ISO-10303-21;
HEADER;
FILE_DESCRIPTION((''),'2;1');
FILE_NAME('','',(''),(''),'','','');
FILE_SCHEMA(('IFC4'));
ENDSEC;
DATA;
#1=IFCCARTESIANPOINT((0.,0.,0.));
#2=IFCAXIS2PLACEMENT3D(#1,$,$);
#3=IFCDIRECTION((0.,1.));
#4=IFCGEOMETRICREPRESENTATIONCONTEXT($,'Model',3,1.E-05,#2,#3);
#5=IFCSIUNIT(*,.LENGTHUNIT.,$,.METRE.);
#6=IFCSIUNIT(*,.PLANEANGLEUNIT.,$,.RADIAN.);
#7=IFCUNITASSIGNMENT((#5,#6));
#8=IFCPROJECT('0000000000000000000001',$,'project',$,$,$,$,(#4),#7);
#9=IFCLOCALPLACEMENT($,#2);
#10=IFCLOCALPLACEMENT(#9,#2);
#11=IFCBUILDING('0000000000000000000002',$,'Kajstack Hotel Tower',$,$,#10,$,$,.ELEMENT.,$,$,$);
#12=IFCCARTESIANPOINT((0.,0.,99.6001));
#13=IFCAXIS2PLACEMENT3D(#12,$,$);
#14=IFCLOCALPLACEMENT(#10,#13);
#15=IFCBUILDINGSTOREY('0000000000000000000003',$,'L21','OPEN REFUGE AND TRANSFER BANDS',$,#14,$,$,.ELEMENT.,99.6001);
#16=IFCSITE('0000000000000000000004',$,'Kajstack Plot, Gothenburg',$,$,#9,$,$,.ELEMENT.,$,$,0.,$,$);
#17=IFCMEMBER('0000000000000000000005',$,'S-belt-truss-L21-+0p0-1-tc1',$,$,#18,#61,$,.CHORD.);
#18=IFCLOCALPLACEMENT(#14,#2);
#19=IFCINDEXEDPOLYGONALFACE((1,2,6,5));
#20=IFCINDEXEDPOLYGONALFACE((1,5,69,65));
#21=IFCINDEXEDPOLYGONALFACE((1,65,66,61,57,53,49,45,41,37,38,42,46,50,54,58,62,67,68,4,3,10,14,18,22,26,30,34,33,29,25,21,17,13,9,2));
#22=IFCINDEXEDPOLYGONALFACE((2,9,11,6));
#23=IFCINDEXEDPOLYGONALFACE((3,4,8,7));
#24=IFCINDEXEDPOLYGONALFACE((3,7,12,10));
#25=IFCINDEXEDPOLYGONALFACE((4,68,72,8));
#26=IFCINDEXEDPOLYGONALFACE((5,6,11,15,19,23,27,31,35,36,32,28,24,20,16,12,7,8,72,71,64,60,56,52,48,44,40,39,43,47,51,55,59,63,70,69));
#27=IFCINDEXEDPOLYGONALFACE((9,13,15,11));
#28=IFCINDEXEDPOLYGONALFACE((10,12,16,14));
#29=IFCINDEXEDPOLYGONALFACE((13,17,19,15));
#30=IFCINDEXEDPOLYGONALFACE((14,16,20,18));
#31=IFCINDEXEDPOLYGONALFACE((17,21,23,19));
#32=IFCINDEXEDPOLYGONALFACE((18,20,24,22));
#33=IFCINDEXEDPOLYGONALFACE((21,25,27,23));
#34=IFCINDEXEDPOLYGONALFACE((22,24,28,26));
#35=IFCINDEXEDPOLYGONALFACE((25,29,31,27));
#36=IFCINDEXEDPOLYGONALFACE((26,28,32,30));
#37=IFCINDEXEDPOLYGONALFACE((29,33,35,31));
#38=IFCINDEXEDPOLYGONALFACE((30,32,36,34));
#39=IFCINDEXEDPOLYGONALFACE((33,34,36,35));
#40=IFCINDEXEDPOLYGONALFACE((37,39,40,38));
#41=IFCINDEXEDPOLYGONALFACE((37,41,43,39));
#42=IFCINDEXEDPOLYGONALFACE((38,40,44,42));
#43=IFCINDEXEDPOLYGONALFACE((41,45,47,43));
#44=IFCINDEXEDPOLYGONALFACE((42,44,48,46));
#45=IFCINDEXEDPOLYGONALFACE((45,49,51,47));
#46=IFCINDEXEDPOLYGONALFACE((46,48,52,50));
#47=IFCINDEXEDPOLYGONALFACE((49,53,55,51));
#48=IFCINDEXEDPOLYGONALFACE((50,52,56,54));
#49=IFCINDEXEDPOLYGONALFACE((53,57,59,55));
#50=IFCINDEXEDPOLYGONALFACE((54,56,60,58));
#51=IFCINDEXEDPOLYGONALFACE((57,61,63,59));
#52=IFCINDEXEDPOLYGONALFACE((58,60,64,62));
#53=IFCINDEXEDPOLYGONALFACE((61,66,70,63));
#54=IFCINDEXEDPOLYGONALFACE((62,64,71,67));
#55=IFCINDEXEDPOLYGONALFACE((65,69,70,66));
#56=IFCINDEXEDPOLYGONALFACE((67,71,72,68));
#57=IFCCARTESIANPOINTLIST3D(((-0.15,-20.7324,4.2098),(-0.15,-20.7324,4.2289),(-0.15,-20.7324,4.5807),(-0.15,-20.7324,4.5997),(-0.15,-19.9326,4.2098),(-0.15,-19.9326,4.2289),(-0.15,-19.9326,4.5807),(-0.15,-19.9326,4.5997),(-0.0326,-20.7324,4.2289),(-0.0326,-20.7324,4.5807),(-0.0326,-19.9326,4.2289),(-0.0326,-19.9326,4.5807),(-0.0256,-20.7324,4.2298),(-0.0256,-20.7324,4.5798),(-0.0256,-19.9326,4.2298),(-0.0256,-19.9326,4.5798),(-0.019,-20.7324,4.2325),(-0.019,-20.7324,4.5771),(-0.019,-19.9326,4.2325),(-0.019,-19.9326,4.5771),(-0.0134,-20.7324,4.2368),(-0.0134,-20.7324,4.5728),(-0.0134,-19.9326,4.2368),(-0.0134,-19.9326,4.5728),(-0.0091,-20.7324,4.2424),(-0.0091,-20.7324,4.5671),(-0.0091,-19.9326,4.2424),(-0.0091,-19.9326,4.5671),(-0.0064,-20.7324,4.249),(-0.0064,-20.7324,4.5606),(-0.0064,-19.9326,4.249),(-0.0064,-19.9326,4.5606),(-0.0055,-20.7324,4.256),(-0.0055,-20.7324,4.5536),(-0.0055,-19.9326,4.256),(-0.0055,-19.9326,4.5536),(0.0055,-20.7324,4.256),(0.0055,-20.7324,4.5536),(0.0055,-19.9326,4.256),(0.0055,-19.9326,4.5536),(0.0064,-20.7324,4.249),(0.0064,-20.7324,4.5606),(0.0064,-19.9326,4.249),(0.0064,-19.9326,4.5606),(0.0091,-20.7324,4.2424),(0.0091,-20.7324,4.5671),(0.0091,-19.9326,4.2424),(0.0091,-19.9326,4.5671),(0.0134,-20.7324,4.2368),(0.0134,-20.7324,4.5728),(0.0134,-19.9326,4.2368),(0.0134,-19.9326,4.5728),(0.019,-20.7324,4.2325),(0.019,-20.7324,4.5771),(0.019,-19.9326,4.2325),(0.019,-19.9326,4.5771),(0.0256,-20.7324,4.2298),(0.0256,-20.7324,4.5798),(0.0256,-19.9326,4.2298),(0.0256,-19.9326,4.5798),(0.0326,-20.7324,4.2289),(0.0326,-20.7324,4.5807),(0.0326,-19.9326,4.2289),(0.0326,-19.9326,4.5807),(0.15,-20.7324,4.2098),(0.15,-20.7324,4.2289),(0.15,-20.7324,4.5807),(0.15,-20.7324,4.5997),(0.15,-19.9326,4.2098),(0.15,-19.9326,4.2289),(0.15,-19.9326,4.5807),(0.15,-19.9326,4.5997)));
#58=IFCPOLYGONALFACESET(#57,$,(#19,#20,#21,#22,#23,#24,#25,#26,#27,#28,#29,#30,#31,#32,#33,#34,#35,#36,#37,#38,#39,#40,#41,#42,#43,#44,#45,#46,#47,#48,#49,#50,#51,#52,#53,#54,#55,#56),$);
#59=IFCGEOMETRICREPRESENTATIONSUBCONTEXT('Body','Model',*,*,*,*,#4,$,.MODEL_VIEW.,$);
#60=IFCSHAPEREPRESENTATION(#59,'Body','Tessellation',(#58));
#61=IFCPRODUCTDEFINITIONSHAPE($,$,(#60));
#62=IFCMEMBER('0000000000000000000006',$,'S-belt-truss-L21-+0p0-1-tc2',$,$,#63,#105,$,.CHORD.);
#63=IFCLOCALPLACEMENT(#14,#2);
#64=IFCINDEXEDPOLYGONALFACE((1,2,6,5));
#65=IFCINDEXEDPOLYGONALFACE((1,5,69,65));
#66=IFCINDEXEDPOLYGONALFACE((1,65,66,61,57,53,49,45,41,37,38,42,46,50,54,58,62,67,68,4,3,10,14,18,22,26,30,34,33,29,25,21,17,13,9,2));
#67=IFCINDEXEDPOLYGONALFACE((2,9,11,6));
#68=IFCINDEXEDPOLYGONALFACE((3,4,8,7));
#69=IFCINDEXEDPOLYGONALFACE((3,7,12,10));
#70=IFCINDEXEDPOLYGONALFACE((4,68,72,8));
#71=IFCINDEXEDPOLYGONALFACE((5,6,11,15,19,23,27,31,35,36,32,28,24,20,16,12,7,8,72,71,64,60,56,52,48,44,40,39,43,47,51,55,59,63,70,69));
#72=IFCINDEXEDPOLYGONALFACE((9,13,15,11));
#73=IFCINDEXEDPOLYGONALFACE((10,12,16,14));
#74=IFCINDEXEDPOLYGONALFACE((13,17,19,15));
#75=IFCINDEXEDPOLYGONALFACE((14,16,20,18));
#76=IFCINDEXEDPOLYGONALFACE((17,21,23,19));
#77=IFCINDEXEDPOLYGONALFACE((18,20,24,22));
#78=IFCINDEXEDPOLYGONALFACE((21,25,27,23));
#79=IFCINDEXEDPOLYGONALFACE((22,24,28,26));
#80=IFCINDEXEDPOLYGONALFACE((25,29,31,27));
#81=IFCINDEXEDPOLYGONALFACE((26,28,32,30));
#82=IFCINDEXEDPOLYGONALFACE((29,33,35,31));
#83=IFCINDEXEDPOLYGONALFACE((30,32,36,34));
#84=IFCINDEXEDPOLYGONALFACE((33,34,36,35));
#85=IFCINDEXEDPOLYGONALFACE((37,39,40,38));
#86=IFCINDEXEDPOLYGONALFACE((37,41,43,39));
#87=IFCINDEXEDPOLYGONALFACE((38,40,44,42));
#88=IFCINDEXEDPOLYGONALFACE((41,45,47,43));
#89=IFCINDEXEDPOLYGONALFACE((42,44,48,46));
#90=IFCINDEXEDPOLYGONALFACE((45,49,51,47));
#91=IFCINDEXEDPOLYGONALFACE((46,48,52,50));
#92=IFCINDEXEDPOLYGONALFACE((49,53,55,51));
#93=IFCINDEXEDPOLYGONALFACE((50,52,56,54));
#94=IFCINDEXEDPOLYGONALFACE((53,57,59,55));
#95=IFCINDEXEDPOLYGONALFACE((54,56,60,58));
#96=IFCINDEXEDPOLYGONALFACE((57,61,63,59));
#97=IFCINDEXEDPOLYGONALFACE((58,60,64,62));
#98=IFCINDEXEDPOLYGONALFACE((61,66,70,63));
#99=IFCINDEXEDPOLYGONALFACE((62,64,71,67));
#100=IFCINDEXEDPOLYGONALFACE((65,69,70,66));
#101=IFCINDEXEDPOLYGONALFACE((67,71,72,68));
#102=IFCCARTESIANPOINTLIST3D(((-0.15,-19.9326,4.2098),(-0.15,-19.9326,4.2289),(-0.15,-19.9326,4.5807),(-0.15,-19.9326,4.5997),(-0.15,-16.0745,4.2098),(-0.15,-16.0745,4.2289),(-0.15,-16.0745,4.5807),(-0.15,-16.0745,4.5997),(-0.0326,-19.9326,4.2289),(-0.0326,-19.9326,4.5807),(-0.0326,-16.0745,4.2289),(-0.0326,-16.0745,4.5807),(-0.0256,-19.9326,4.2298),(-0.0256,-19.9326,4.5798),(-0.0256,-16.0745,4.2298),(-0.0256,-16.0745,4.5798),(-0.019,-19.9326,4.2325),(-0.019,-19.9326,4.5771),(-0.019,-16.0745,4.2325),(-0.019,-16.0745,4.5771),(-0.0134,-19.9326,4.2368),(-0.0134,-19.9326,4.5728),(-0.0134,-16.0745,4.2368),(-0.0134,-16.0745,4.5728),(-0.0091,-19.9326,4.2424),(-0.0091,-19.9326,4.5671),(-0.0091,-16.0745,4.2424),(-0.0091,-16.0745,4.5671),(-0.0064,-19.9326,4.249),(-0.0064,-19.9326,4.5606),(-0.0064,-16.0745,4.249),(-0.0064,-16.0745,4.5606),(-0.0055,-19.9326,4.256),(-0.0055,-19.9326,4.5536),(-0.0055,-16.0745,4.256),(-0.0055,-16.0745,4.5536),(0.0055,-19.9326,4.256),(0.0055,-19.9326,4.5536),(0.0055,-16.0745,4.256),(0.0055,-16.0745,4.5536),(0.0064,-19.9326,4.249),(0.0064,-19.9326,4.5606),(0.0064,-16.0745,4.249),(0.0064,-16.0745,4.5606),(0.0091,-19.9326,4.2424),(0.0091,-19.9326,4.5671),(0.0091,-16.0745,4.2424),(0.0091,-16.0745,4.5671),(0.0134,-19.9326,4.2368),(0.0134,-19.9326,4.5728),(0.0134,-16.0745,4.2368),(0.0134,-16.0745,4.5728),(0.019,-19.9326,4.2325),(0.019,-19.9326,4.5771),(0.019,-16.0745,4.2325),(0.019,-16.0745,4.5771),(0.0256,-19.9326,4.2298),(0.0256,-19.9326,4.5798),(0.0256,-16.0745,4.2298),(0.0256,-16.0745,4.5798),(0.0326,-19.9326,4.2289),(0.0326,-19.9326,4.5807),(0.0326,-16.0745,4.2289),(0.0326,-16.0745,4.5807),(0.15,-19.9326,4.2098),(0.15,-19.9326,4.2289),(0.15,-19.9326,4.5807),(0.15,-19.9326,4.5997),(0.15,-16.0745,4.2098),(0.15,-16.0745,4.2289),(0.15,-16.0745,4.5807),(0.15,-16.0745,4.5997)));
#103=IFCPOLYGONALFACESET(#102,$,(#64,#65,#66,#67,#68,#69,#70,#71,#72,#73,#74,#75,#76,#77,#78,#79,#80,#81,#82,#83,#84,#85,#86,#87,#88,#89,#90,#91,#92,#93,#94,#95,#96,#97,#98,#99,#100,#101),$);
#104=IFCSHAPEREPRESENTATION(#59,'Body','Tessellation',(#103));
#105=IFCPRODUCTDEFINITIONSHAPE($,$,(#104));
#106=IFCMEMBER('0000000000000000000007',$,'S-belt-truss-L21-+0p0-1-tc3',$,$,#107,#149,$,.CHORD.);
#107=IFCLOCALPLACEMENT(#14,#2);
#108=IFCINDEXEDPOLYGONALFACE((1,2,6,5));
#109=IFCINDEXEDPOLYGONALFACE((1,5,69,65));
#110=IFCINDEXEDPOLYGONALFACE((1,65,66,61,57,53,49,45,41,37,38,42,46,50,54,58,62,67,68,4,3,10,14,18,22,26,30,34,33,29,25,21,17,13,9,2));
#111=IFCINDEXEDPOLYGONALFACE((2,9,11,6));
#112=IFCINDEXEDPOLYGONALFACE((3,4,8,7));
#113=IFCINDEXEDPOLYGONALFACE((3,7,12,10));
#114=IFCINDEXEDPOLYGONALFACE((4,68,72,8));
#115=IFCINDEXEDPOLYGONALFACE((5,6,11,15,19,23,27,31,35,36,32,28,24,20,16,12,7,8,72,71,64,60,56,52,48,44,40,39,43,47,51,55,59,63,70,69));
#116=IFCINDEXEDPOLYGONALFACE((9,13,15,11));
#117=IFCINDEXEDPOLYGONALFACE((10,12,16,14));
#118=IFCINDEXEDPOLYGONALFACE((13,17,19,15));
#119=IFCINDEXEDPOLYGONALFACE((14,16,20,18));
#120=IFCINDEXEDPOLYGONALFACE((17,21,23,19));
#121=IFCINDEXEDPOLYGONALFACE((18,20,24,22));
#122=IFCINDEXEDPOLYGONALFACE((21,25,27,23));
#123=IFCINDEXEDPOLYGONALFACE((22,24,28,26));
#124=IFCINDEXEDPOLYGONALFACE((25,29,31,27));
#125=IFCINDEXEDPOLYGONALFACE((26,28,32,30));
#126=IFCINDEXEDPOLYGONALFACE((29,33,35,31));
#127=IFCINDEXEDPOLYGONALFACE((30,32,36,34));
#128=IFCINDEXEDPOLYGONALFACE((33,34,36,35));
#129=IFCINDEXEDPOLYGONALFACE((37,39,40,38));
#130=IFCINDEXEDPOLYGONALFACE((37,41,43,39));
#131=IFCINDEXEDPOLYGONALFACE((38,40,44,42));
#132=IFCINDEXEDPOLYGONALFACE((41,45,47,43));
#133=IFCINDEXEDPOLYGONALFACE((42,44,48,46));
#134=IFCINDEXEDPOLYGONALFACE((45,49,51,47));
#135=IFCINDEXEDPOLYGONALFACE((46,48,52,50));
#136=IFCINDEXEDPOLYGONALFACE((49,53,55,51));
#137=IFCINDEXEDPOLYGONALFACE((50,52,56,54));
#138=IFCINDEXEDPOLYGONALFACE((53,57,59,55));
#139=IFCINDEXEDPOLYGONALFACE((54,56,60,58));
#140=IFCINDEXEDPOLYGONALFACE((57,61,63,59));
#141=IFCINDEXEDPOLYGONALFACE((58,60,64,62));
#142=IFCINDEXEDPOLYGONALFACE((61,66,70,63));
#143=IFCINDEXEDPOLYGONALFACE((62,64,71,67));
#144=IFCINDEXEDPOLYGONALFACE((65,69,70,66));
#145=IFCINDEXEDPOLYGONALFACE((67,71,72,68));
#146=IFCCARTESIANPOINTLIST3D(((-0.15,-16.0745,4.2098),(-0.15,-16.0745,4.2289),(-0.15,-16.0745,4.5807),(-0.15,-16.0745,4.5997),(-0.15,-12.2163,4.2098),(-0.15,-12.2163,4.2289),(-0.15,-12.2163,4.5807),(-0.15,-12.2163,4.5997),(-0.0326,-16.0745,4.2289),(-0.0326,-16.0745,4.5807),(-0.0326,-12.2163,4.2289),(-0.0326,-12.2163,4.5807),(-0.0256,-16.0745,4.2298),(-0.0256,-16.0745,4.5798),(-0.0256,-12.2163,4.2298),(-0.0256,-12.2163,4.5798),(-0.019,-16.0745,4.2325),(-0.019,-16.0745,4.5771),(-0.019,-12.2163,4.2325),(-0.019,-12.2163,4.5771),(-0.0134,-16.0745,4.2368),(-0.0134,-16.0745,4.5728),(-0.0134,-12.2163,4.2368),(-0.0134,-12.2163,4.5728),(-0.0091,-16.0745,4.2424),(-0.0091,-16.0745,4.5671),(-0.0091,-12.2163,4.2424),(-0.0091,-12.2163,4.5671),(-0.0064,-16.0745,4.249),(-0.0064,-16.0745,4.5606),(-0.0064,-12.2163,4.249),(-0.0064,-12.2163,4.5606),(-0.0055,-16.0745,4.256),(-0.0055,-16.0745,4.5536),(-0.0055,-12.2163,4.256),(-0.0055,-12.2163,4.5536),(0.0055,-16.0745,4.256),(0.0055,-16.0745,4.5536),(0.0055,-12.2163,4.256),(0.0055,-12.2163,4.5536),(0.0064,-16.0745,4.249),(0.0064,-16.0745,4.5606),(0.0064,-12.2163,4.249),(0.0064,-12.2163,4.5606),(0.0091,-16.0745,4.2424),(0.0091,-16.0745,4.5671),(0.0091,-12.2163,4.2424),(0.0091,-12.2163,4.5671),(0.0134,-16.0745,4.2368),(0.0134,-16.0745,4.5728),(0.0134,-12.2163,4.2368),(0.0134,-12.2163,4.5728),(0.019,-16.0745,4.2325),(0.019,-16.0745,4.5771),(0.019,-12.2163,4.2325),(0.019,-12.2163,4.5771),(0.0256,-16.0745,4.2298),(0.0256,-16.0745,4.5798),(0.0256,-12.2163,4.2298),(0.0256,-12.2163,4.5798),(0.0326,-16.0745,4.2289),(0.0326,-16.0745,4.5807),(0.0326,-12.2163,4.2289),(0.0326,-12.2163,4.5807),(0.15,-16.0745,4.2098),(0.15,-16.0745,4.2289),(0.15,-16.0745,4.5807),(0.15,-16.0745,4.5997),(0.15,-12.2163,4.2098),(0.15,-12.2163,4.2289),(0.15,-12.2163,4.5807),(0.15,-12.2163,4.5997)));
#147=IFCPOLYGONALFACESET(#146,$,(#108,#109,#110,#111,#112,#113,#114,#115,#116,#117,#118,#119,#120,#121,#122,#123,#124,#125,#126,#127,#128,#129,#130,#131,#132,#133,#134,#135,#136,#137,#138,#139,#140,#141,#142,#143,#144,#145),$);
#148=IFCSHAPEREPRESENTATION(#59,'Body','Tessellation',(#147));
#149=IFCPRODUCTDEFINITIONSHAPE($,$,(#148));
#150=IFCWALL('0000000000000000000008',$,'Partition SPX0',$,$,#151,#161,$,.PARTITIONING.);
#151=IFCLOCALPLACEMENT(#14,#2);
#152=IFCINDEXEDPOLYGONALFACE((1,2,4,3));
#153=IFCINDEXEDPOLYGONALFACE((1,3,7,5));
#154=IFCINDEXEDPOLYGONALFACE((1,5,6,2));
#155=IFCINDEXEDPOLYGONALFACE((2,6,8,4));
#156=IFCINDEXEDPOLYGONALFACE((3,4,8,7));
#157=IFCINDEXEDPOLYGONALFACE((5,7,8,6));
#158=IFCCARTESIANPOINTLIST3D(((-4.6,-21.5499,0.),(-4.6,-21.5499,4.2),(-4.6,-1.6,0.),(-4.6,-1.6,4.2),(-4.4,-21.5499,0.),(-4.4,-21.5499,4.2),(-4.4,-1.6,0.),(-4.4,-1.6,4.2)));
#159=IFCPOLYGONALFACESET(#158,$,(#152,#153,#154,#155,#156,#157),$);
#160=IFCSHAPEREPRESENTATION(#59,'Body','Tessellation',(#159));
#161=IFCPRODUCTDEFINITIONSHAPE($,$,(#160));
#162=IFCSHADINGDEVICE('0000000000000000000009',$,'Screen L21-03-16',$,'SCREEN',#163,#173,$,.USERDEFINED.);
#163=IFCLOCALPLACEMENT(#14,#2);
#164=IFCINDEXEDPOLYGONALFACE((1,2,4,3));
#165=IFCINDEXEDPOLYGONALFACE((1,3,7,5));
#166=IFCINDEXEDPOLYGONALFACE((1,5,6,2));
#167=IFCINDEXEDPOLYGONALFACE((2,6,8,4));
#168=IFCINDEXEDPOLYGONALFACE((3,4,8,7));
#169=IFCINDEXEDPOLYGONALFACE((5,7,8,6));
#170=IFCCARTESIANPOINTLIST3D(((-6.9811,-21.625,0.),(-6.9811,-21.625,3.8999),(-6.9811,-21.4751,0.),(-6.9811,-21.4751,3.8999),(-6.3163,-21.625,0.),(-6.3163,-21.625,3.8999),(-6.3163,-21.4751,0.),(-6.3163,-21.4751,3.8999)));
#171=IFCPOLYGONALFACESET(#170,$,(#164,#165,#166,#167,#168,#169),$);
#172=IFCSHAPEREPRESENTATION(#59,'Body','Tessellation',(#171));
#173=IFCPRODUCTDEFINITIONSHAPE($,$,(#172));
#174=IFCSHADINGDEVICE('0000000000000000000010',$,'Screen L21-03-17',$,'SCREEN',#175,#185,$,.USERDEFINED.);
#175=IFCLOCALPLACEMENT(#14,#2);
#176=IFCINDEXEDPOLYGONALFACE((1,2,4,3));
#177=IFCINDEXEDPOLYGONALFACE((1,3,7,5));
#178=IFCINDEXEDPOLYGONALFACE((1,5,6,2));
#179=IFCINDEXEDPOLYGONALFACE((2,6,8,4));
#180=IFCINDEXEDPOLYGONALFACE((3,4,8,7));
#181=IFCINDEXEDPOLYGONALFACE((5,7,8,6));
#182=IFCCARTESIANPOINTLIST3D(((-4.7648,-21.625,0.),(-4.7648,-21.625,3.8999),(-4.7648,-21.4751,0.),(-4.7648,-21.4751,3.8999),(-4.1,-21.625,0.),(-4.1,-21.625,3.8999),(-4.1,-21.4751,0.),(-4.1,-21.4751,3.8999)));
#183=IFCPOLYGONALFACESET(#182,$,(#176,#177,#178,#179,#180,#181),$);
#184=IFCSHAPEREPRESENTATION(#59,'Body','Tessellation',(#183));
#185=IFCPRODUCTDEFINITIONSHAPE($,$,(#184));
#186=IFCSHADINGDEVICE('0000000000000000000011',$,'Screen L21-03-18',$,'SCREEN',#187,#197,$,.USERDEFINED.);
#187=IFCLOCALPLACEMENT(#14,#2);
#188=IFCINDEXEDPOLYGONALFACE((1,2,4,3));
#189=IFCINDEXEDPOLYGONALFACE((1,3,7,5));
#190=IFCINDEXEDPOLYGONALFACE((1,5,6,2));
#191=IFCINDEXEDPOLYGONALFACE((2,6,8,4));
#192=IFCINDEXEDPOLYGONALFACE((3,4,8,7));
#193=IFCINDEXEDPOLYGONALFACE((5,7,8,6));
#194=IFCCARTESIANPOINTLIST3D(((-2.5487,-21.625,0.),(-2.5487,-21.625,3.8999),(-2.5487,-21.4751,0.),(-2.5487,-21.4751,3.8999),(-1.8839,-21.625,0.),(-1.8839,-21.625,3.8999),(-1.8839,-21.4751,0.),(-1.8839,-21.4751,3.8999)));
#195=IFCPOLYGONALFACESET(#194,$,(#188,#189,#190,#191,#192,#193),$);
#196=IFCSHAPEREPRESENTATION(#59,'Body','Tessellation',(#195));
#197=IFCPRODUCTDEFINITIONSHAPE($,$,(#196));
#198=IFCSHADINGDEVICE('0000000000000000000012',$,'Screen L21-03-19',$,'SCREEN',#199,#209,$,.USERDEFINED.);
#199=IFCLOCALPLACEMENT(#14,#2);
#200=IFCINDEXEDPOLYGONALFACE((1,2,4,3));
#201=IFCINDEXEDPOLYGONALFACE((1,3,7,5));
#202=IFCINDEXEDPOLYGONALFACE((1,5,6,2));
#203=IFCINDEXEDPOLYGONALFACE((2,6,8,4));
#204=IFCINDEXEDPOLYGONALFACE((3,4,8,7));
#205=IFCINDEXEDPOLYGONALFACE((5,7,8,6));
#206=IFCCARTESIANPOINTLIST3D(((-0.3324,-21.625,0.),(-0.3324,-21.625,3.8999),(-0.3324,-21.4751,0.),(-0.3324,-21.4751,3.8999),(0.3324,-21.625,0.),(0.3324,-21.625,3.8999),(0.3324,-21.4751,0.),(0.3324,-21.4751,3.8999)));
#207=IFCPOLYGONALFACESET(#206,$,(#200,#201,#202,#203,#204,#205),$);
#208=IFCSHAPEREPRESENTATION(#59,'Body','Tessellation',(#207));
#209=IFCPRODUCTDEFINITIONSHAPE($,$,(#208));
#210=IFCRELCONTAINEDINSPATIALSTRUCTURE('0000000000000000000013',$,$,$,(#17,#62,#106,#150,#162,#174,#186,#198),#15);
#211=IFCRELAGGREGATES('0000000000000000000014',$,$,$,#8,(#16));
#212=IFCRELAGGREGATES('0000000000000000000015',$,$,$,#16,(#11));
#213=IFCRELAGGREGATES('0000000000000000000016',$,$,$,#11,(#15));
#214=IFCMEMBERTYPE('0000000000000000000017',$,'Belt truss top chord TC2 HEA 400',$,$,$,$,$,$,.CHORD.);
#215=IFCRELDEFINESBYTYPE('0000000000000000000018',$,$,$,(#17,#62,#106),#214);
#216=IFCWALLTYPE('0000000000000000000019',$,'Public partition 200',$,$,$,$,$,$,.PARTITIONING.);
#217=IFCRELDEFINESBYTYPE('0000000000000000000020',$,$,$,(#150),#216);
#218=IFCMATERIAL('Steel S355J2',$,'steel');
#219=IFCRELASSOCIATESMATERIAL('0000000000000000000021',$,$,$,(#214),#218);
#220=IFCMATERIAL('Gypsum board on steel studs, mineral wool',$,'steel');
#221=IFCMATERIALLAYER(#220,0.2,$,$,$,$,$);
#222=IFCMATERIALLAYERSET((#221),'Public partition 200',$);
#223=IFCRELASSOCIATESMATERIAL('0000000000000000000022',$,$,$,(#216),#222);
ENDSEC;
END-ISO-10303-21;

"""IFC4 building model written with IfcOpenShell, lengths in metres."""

from ifc_helpers import new_model, si_unit, direction, frame, frame_2d, origin, origin_2d, place, context, subcontext, project, spatial, rectangle, i_section, extrude, material, layer, layer_set, material_profile, profile_set, type_object, element, save


model = new_model("IFC4")

# Units and contexts
model_context = context("Model", 3, precision=1e-05, world=origin(), true_north=direction((0.0, 1.0)))
body_context = subcontext(model_context, "Body", "Model", "MODEL_VIEW")
ifc_project = project(units=[si_unit("LENGTHUNIT", "METRE"), si_unit("PLANEANGLEUNIT", "RADIAN")], contexts=[model_context])

# Site, building, storey
site_placement = place(None, origin())
site = spatial("IfcSite", under=ifc_project, at=site_placement, Name="Kajstack Plot, Gothenburg", CompositionType="ELEMENT", RefElevation=0.0)
building_placement = place(site_placement, origin())
building = spatial("IfcBuilding", under=site, at=building_placement, Name="Kajstack Hotel Tower", CompositionType="ELEMENT")
storey_placement = place(building_placement, frame((0.0, 0.0, 99.6001)))
storey = spatial("IfcBuildingStorey", under=building, at=storey_placement, Name="L21", Description="OPEN REFUGE AND TRANSFER BANDS", CompositionType="ELEMENT", Elevation=99.6001)

# Members
ifc_material_1 = material(Name="Steel S355J2", Category="steel")
ifc_material_profile_1 = material_profile(ifc_material_1, i_section(OverallWidth=0.3, OverallDepth=0.3899, WebThickness=0.011, FlangeThickness=0.019, FilletRadius=0.0271, at=origin_2d()), Name="HEA 400")
ifc_profile_set_1 = profile_set([ifc_material_profile_1], Name="Steel S355J2")
member_type_1 = type_object("IfcMemberType", Name="Belt truss top chord TC2 HEA 400", PredefinedType="CHORD", material=ifc_profile_set_1)
member_1_placement = place(storey_placement, frame((0.0, -20.7324, 4.4048), z_axis=(0.0, 1.0, 0.0), x_axis=(-1.0, 0.0, 0.0)))
element("IfcMember", 1, at=member_1_placement, inside=storey, type_object=member_type_1, Name="S-belt-truss-L21-+0p0-1-tc1", PredefinedType="CHORD", context=body_context, shape_type="SweptSolid", body=[
    extrude(i_section(OverallWidth=0.3, OverallDepth=0.3899, WebThickness=0.011, FlangeThickness=0.019, FilletRadius=0.0271, at=origin_2d()), origin(), (0.0, 0.0, 1.0), 0.7998),
])
for number, where, z_axis, x_axis, name in (
    (2, (0.0, -19.9326, 4.4048), (0.0, 1.0, 0.0), (-1.0, 0.0, 0.0), "S-belt-truss-L21-+0p0-1-tc2"),
    (3, (0.0, -16.0745, 4.4048), (0.0, 1.0, 0.0), (-1.0, 0.0, 0.0), "S-belt-truss-L21-+0p0-1-tc3"),
):
    element("IfcMember", number, at=place(storey_placement, frame(where, z_axis=z_axis, x_axis=x_axis)), inside=storey, type_object=member_type_1, Name=name, PredefinedType="CHORD", context=body_context, shape_type="SweptSolid", body=[
        extrude(i_section(OverallWidth=0.3, OverallDepth=0.3899, WebThickness=0.011, FlangeThickness=0.019, FilletRadius=0.0271, at=origin_2d()), origin(), (0.0, 0.0, 1.0), 3.8582),
    ])

# Wall
ifc_material_2 = material(Name="Gypsum board on steel studs, mineral wool", Category="steel")
ifc_layer_1 = layer(ifc_material_2, 0.2)
ifc_layer_set_1 = layer_set([ifc_layer_1], Name="Public partition 200")
wall_type = type_object("IfcWallType", Name="Public partition 200", PredefinedType="PARTITIONING", material=ifc_layer_set_1)
wall_placement = place(storey_placement, frame((-4.5, -21.55, 0.0), z_axis=(0.0, 0.0, 1.0), x_axis=(0.0, 1.0, 0.0)))
element("IfcWall", 4, at=wall_placement, inside=storey, type_object=wall_type, Name="Partition SPX0", PredefinedType="PARTITIONING", context=body_context, shape_type="SweptSolid", body=[
    extrude(rectangle(XDim=19.95, YDim=0.2, at=frame_2d((9.9751, 0.0))), origin(), (0.0, 0.0, 1.0), 4.2),
])

# Shading devices
for number, where, z_axis, x_axis, name in (
    (5, (-6.6487, -21.55, 0.0), (0.0, 0.0, 1.0), (1.0, 0.0, 0.0), "Screen L21-03-16"),
    (6, (-4.4324, -21.55, 0.0), (0.0, 0.0, 1.0), (1.0, 0.0, 0.0), "Screen L21-03-17"),
    (7, (-2.2163, -21.55, 0.0), (0.0, 0.0, 1.0), (1.0, 0.0, 0.0), "Screen L21-03-18"),
    (8, (0.0, -21.55, 0.0), (0.0, 0.0, 1.0), (1.0, 0.0, 0.0), "Screen L21-03-19"),
):
    element("IfcShadingDevice", number, at=place(storey_placement, frame(where, z_axis=z_axis, x_axis=x_axis)), inside=storey, Name=name, ObjectType="SCREEN", PredefinedType="USERDEFINED", context=body_context, shape_type="SweptSolid", body=[
        extrude(rectangle(XDim=0.6648, YDim=0.1499, at=origin_2d()), origin(), (0.0, 0.0, 1.0), 3.8999),
    ])

save(model, "model.ifc")
